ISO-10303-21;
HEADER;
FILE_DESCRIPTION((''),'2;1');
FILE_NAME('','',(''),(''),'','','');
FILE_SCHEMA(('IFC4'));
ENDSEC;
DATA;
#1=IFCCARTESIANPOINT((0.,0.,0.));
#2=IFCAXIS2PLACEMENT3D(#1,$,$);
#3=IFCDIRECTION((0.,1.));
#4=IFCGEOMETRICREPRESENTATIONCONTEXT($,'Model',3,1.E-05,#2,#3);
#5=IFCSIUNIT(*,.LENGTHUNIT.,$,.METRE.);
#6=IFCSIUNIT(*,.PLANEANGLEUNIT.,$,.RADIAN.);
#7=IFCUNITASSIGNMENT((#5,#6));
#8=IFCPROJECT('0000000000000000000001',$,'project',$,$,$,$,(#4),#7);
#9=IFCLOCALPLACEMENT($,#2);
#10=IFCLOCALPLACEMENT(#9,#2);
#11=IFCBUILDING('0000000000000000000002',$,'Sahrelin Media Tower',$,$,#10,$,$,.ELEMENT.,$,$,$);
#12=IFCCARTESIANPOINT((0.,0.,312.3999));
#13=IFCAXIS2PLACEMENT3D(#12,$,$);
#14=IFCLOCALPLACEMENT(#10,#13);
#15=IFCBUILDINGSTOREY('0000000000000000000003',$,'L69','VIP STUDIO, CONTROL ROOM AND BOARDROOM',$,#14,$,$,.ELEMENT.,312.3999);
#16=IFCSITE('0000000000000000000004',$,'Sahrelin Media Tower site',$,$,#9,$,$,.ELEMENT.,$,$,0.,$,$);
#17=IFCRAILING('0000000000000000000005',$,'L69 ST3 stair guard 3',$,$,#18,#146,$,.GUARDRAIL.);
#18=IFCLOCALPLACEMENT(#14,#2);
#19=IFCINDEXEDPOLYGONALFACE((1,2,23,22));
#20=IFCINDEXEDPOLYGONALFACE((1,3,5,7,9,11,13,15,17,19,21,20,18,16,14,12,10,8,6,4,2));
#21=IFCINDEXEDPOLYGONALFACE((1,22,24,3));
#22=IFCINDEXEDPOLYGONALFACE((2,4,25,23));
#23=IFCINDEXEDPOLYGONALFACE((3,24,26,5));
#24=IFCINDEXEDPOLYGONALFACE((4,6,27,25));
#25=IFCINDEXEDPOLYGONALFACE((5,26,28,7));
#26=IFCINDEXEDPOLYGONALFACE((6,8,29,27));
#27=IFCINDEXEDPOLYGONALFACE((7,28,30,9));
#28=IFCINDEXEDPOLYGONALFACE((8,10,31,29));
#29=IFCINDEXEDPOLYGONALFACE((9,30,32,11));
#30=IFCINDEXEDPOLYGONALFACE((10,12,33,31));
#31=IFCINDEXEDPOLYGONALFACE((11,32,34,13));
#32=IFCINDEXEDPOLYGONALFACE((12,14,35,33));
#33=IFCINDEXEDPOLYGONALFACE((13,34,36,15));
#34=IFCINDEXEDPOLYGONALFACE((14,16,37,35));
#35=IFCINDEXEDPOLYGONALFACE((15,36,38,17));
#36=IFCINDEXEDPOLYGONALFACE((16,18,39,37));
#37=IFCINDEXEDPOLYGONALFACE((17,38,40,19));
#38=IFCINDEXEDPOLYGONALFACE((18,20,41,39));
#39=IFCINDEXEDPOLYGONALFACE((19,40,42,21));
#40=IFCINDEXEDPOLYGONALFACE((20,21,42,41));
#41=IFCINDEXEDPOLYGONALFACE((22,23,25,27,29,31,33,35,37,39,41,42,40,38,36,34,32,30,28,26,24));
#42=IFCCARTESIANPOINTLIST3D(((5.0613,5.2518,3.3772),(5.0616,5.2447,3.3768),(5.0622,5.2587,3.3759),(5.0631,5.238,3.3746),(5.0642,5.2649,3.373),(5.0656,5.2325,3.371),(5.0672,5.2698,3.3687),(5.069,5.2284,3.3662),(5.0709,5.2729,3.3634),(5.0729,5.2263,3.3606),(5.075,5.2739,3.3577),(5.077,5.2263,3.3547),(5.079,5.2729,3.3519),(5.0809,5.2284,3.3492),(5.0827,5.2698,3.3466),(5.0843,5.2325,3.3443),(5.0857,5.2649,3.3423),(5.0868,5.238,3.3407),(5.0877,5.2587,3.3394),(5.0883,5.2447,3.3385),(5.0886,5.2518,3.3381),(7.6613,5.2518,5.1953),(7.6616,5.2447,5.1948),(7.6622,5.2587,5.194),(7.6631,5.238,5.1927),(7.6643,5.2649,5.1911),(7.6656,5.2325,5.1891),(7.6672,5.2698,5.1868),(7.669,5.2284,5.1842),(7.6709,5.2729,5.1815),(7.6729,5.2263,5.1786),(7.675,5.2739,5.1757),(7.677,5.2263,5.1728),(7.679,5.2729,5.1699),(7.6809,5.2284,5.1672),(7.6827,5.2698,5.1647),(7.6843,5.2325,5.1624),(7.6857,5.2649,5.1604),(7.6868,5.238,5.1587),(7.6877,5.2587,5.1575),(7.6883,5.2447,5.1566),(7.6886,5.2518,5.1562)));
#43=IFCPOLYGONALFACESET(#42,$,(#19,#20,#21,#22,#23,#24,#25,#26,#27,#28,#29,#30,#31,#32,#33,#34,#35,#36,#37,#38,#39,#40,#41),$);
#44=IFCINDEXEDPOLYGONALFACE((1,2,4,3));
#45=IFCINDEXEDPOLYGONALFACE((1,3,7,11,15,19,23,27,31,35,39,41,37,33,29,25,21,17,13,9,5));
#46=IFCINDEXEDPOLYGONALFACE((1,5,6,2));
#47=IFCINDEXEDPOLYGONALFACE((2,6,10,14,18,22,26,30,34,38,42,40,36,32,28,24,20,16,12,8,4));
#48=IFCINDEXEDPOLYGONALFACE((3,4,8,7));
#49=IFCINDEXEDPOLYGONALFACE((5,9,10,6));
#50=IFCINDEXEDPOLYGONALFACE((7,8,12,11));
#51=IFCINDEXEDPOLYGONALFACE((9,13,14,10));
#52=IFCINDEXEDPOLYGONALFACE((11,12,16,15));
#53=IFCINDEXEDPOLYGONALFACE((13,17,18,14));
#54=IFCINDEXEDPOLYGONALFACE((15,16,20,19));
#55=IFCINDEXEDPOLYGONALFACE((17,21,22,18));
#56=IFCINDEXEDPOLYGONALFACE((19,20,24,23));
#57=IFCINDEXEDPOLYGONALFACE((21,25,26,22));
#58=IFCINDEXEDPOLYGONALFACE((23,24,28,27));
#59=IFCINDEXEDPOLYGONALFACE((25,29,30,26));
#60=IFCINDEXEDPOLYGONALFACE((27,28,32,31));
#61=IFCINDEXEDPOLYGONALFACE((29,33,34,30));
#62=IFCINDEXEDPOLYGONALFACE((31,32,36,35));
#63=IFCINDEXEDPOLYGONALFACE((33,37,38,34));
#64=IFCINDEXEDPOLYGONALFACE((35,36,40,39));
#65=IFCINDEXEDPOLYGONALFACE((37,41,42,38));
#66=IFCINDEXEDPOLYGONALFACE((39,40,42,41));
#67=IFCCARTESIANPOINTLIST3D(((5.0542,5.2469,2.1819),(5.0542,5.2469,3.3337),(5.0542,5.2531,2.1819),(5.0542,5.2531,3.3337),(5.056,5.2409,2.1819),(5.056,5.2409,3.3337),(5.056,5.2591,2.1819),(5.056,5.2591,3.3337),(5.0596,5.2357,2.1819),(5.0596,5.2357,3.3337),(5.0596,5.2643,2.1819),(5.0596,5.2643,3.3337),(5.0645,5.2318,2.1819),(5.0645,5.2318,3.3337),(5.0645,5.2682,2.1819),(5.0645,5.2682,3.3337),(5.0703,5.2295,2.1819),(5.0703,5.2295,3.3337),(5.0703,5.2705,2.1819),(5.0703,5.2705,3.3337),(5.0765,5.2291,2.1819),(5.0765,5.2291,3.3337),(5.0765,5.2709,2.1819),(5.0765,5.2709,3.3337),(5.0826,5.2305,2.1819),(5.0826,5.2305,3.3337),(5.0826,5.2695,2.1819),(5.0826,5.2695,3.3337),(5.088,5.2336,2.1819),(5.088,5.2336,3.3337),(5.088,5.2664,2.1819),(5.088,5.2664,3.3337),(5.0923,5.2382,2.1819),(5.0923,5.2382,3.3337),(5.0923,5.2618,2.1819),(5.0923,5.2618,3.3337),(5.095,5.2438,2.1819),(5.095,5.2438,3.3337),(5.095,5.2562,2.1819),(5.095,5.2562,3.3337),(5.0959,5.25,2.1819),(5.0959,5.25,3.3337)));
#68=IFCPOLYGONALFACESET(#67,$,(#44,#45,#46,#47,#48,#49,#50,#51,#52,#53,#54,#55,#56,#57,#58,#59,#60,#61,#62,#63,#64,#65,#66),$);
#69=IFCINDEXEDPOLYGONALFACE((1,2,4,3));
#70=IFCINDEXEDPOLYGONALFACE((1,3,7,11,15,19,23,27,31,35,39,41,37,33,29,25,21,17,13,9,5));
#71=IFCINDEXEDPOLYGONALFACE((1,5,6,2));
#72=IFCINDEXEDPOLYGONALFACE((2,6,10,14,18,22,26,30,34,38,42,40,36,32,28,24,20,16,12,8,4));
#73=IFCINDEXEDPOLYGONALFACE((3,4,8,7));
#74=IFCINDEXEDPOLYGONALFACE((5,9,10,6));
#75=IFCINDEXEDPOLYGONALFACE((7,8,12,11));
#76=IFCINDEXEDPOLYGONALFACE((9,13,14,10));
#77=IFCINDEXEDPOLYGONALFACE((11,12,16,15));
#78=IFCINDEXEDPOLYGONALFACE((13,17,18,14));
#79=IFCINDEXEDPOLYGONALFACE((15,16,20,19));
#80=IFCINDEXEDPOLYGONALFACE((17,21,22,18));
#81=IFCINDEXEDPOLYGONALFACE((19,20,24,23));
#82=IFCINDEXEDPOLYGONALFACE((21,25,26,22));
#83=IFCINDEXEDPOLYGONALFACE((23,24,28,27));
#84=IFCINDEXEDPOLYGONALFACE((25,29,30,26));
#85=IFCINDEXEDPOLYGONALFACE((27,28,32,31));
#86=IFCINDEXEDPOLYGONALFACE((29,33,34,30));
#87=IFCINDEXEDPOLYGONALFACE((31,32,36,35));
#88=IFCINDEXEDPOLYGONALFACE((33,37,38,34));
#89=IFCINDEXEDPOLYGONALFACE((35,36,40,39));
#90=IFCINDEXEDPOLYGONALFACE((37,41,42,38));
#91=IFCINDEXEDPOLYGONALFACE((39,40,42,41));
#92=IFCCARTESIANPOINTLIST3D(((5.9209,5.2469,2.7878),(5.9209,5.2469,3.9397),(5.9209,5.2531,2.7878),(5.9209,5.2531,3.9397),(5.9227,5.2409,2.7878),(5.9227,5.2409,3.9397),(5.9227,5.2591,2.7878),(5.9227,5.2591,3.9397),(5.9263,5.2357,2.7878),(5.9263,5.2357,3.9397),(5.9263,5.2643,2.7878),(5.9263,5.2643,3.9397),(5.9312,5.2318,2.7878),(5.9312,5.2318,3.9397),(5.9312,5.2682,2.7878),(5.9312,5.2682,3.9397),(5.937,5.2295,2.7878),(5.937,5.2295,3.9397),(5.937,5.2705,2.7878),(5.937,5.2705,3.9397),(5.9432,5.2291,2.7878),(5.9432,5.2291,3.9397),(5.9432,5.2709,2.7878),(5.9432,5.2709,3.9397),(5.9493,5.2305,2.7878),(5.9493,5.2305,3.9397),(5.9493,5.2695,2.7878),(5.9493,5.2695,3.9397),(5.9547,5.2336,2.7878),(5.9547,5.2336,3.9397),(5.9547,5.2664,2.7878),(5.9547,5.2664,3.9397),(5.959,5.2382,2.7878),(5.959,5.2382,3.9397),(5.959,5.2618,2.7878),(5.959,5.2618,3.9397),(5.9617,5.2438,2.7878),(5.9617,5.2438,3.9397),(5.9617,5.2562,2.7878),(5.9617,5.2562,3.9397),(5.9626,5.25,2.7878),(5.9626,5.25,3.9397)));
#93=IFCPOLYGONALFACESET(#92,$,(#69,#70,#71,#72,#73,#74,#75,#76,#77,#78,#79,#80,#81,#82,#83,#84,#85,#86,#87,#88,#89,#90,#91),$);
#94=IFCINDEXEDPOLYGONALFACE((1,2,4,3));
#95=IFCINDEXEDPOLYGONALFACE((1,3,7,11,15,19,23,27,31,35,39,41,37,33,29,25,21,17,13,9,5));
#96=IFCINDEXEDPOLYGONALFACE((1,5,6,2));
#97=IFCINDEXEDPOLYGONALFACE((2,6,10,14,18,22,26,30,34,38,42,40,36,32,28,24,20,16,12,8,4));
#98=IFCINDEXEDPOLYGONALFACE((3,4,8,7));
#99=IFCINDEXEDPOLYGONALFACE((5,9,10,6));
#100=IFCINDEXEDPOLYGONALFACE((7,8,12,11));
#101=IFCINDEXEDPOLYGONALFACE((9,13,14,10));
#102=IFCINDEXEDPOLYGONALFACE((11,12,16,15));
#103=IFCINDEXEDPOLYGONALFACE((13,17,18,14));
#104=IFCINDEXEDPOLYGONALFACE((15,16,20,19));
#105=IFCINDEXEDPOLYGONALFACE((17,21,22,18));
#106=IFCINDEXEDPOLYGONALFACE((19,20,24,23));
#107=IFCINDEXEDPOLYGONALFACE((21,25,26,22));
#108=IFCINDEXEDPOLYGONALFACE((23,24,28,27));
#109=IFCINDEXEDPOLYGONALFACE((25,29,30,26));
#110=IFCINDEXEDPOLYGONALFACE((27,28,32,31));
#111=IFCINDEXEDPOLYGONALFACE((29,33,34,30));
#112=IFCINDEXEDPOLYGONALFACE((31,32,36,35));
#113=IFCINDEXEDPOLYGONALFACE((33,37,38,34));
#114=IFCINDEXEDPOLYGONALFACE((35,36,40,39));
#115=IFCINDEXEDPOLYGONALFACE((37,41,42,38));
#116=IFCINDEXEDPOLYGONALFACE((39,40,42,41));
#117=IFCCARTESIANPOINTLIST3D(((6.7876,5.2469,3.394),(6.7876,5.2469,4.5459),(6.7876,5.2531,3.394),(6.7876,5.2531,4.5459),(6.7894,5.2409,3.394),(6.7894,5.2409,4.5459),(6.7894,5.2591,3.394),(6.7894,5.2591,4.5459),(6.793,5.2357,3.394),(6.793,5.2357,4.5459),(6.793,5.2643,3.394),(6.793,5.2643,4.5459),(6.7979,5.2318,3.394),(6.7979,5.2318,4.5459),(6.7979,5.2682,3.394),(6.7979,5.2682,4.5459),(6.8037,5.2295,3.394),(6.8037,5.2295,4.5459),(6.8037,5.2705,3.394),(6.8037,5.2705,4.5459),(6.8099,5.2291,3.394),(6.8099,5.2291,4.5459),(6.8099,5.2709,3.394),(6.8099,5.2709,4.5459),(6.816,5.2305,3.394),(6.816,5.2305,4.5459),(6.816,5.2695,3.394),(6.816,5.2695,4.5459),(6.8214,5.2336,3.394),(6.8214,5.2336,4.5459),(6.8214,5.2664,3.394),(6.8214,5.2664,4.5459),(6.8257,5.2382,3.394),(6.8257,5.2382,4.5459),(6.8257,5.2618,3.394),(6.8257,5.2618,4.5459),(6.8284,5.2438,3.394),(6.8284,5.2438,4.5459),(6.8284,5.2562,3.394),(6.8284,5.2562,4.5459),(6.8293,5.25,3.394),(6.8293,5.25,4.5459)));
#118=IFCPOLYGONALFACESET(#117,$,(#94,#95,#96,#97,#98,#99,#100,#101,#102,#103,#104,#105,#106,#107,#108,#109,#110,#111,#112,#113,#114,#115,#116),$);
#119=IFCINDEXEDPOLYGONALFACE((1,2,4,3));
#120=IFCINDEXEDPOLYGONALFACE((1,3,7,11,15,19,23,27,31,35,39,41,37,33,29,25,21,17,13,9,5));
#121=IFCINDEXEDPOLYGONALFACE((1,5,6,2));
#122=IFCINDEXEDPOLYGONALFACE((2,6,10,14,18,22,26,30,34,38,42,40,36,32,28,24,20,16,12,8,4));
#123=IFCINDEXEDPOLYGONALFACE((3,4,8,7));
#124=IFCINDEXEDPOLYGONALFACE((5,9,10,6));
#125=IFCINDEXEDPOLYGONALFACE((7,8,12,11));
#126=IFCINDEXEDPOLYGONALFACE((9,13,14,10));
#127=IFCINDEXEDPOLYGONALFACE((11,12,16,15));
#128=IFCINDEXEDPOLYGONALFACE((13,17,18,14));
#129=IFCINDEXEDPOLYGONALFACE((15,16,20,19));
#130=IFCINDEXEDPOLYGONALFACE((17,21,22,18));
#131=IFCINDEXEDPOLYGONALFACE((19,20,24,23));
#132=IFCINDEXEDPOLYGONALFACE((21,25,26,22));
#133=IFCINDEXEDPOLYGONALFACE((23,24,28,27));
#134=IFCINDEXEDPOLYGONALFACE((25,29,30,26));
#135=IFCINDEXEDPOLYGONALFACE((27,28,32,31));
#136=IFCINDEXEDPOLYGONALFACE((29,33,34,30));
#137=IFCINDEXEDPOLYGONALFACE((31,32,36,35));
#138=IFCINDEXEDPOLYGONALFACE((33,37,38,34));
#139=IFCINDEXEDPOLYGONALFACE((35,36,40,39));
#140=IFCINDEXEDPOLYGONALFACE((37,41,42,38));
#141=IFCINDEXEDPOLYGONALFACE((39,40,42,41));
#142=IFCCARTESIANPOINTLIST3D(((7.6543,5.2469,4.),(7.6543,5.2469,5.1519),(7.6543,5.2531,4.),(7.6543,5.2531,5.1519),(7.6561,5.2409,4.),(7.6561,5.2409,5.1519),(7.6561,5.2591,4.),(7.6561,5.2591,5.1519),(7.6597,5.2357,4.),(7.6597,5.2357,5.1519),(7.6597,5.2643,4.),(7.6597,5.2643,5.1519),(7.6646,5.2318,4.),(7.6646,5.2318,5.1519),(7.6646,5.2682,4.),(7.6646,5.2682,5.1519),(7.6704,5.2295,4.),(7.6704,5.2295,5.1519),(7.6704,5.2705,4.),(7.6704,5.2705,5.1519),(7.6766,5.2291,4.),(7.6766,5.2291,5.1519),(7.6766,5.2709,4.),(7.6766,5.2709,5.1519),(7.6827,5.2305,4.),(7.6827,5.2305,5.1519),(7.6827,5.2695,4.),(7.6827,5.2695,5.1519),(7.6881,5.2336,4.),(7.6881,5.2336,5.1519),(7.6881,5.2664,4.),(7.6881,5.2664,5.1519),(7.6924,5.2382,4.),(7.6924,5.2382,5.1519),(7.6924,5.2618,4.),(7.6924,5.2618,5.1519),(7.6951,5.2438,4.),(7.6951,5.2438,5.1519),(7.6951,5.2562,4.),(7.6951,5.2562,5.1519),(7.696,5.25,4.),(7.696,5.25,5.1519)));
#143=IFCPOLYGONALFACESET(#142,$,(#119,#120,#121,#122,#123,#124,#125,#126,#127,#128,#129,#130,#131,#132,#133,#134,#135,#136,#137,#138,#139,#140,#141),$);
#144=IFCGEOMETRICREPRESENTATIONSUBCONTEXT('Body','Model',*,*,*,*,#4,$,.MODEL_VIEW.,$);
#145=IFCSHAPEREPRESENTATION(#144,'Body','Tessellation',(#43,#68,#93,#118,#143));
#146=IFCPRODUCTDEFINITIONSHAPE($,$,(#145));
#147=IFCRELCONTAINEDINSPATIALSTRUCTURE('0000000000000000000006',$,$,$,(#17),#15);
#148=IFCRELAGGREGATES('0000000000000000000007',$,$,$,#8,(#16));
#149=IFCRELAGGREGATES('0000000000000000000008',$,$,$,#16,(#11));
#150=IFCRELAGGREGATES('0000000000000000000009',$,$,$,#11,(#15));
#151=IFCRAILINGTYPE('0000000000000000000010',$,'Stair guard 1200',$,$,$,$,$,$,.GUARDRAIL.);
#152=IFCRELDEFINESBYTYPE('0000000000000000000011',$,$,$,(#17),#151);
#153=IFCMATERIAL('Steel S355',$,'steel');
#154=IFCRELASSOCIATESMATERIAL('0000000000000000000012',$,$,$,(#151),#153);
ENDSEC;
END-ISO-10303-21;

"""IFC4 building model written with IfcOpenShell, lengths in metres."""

from ifc_helpers import new_model, si_unit, direction, frame, origin, origin_2d, place, context, subcontext, project, spatial, circle, extrude, material, type_object, element, save


model = new_model("IFC4")

# Units and contexts
model_context = context("Model", 3, precision=1e-05, world=origin(), true_north=direction((0.0, 1.0)))
body_context = subcontext(model_context, "Body", "Model", "MODEL_VIEW")
ifc_project = project(units=[si_unit("LENGTHUNIT", "METRE"), si_unit("PLANEANGLEUNIT", "RADIAN")], contexts=[model_context])

# Site, building, storey
site_placement = place(None, origin())
site = spatial("IfcSite", under=ifc_project, at=site_placement, Name="Sahrelin Media Tower site", CompositionType="ELEMENT", RefElevation=0.0)
building_placement = place(site_placement, origin())
building = spatial("IfcBuilding", under=site, at=building_placement, Name="Sahrelin Media Tower", CompositionType="ELEMENT")
storey_placement = place(building_placement, frame((0.0, 0.0, 312.3999)))
storey = spatial("IfcBuildingStorey", under=building, at=storey_placement, Name="L69", Description="VIP STUDIO, CONTROL ROOM AND BOARDROOM", CompositionType="ELEMENT", Elevation=312.3999)

# Shared definitions
ifc_material_1 = material(Name="Steel S355", Category="steel")

# Railing
railing_type_1 = type_object("IfcRailingType", Name="Stair guard 1200", PredefinedType="GUARDRAIL", material=ifc_material_1)
railing_1_placement = place(storey_placement, frame((5.075, 5.25, 2.1819)))
element("IfcRailing", 1, at=railing_1_placement, inside=storey, type_object=railing_type_1, Name="L69 ST3 stair guard 3", PredefinedType="GUARDRAIL", context=body_context, shape_type="SweptSolid", body=[
    extrude(circle(Radius=0.0239, at=origin_2d()), frame((0.0, 0.0, 1.1758), z_axis=(0.819521, 0.0, 0.573049), x_axis=(0.0, 1.0, 0.0)), (0.0, 0.0, 1.0), 3.1726),
    extrude(circle(Radius=0.021, at=origin_2d()), origin(), (0.0, 0.0, 1.0), 1.1519),
    extrude(circle(Radius=0.021, at=origin_2d()), frame((0.8667, 0.0, 0.606)), (0.0, 0.0, 1.0), 1.1519),
    extrude(circle(Radius=0.021, at=origin_2d()), frame((1.7334, 0.0, 1.2122)), (0.0, 0.0, 1.0), 1.1519),
    extrude(circle(Radius=0.021, at=origin_2d()), frame((2.6001, 0.0, 1.8181)), (0.0, 0.0, 1.0), 1.1519),
])

save(model, "model.ifc")
